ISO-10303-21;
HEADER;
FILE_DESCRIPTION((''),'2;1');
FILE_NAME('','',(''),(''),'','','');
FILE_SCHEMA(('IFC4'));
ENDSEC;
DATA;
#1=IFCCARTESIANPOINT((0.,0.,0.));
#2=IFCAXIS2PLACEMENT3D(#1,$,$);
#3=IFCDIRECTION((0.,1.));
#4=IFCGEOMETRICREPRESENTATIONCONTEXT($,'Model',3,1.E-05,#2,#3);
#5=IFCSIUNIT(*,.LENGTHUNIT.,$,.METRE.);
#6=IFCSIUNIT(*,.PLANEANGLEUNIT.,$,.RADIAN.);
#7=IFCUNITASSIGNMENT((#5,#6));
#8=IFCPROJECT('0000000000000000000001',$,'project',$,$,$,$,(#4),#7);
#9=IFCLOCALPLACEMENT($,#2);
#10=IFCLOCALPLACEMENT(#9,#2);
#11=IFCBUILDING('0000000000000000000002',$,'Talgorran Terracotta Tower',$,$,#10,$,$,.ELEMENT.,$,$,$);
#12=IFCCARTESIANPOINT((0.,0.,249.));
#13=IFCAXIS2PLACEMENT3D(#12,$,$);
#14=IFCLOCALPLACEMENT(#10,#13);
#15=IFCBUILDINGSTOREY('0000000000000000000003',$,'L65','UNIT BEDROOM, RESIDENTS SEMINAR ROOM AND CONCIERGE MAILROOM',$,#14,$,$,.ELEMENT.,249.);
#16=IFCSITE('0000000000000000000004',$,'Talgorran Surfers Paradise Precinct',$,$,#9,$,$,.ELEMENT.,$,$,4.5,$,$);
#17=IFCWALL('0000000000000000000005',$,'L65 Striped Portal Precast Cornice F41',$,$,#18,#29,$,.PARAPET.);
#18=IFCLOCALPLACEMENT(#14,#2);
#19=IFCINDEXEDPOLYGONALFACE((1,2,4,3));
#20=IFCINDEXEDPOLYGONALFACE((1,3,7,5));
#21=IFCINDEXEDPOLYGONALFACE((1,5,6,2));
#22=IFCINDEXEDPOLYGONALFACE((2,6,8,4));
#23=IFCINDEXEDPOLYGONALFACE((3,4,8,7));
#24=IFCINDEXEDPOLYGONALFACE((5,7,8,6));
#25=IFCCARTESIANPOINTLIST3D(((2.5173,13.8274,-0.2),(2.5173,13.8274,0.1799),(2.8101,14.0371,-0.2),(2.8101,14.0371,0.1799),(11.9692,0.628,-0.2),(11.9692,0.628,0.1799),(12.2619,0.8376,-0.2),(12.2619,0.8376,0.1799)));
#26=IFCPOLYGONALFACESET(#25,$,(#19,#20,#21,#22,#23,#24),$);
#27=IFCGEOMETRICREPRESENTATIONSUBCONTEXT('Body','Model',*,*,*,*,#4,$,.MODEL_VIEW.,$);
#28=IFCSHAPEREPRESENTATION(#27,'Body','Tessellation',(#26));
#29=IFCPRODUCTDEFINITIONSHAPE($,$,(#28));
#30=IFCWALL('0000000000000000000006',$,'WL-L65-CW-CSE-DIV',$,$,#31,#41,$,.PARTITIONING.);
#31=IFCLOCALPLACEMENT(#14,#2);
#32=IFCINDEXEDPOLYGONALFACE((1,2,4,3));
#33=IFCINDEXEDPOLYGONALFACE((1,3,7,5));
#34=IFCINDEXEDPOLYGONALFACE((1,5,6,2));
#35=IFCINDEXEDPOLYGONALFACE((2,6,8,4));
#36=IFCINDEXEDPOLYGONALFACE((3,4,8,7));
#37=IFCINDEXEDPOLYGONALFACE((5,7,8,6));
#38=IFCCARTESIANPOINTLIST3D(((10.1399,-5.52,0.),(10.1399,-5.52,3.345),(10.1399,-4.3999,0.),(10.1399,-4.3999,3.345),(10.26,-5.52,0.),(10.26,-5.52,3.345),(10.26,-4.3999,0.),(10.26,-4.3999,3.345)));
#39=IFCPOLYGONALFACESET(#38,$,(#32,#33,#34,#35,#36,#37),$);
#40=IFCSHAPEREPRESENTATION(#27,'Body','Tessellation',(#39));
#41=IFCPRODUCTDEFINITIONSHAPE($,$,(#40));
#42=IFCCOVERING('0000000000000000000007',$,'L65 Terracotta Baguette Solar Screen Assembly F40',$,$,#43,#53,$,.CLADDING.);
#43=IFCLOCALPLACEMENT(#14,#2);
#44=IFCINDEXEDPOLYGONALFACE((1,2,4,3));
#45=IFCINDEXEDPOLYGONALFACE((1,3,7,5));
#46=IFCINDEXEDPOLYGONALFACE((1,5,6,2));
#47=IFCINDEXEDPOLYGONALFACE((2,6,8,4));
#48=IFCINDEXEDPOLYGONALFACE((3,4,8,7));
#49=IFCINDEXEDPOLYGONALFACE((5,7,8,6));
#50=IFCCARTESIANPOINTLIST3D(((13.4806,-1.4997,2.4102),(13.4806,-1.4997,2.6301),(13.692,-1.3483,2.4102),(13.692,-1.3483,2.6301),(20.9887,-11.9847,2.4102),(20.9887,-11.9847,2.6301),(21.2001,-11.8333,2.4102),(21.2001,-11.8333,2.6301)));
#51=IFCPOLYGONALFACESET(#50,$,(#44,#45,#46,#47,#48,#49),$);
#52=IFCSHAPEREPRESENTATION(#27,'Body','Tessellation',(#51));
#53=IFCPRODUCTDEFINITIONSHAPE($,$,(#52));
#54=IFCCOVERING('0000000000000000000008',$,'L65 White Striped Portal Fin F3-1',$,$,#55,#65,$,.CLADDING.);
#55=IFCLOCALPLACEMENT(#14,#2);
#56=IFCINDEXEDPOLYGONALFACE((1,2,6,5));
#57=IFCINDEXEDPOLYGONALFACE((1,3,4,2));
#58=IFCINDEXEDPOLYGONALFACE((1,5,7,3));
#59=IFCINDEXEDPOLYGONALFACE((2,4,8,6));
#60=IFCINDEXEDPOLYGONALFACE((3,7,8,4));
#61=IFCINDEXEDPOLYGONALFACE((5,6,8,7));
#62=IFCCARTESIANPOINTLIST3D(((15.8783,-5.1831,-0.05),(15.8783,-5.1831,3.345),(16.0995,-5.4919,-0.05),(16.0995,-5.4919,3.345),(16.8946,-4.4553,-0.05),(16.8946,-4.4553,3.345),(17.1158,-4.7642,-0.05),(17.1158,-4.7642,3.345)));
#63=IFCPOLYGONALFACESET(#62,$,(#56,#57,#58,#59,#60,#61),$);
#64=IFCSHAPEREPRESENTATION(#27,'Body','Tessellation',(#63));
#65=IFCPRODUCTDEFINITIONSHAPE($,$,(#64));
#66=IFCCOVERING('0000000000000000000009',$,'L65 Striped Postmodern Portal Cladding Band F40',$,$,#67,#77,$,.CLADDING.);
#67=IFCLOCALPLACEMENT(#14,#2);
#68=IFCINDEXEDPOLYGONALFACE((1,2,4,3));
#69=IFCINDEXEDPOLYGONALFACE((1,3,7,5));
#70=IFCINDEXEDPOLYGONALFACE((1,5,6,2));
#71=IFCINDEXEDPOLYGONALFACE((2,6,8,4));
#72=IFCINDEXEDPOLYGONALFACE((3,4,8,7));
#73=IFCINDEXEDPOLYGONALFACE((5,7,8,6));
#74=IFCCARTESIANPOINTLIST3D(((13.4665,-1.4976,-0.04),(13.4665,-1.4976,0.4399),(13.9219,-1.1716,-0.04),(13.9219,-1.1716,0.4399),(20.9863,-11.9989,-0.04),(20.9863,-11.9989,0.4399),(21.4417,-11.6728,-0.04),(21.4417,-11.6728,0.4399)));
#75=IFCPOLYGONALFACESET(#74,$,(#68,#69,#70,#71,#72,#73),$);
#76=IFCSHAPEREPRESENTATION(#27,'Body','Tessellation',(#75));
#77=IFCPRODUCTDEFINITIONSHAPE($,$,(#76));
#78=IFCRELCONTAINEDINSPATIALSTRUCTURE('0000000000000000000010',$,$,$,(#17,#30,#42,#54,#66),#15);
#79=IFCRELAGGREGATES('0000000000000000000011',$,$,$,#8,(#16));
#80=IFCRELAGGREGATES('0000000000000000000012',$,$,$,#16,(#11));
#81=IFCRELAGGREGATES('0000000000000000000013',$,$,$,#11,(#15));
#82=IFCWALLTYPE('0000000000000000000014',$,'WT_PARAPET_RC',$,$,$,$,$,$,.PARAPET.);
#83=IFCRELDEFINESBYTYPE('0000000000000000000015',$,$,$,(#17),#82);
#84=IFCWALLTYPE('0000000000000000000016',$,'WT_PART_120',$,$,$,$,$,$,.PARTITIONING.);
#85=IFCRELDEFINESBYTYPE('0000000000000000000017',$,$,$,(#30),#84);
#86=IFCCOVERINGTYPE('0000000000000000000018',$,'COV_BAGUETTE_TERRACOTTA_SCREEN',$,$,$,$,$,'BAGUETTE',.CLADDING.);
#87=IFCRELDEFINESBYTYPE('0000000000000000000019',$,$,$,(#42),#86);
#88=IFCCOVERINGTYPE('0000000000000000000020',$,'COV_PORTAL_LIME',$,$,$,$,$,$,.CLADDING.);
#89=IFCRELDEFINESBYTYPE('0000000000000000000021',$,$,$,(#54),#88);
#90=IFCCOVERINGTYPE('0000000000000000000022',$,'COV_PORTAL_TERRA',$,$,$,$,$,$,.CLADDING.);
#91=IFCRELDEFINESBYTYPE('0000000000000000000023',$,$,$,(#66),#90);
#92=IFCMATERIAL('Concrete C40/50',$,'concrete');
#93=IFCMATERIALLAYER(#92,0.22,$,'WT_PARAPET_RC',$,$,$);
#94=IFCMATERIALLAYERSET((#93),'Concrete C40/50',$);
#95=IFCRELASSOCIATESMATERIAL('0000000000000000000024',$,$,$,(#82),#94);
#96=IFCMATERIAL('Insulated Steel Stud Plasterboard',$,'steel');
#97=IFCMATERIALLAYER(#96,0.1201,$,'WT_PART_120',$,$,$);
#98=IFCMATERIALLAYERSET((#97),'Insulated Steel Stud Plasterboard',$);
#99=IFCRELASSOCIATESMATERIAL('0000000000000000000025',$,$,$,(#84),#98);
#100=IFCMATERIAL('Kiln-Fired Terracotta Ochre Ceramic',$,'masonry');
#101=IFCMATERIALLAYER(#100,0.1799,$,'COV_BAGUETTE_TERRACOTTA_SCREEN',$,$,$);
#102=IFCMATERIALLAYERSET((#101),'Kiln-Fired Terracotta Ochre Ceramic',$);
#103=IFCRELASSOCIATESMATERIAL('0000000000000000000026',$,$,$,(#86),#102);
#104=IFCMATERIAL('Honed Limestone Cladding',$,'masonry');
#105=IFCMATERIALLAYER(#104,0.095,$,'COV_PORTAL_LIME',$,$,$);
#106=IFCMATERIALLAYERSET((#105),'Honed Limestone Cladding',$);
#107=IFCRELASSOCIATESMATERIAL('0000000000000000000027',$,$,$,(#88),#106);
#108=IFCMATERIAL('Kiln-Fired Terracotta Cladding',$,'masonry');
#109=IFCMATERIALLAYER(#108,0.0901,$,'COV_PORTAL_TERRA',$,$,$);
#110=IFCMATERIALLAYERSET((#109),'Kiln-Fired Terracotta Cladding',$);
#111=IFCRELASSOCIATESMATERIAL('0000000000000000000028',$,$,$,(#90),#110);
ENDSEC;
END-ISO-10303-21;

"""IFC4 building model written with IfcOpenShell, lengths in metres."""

from ifc_helpers import new_model, si_unit, direction, frame, frame_2d, origin, origin_2d, place, context, subcontext, project, spatial, rectangle, extrude, material, layer, layer_set, type_object, element, save


model = new_model("IFC4")

# Units and contexts
model_context = context("Model", 3, precision=1e-05, world=origin(), true_north=direction((0.0, 1.0)))
body_context = subcontext(model_context, "Body", "Model", "MODEL_VIEW")
ifc_project = project(units=[si_unit("LENGTHUNIT", "METRE"), si_unit("PLANEANGLEUNIT", "RADIAN")], contexts=[model_context])

# Site, building, storey
site_placement = place(None, origin())
site = spatial("IfcSite", under=ifc_project, at=site_placement, Name="Talgorran Surfers Paradise Precinct", CompositionType="ELEMENT", RefElevation=4.5)
building_placement = place(site_placement, origin())
building = spatial("IfcBuilding", under=site, at=building_placement, Name="Talgorran Terracotta Tower", CompositionType="ELEMENT")
storey_placement = place(building_placement, frame((0.0, 0.0, 249.0)))
storey = spatial("IfcBuildingStorey", under=building, at=storey_placement, Name="L65", Description="UNIT BEDROOM, RESIDENTS SEMINAR ROOM AND CONCIERGE MAILROOM", CompositionType="ELEMENT", Elevation=249.0)

# Shared definitions
ifc_material_1 = material(Name="Concrete C40/50", Category="concrete")

# Walls
ifc_layer_1 = layer(ifc_material_1, 0.22, Name="WT_PARAPET_RC")
ifc_layer_set_1 = layer_set([ifc_layer_1], Name="Concrete C40/50")
wall_type_1 = type_object("IfcWallType", Name="WT_PARAPET_RC", PredefinedType="PARAPET", material=ifc_layer_set_1)
wall_1_placement = place(storey_placement, frame((12.1155, 0.7329, -0.2), z_axis=(0.0, 0.0, 1.0), x_axis=(-0.582205, 0.813042, 0.0)))
element("IfcWall", 1, at=wall_1_placement, inside=storey, type_object=wall_type_1, Name="L65 Striped Portal Precast Cornice F41", PredefinedType="PARAPET", context=body_context, shape_type="SweptSolid", body=[
    extrude(rectangle(XDim=16.2346, YDim=0.3601, at=frame_2d((8.1172, 0.0))), origin(), (0.0, 0.0, 1.0), 0.3799),
])
ifc_material_2 = material(Name="Insulated Steel Stud Plasterboard", Category="steel")
ifc_layer_2 = layer(ifc_material_2, 0.1201, Name="WT_PART_120")
ifc_layer_set_2 = layer_set([ifc_layer_2], Name="Insulated Steel Stud Plasterboard")
wall_type_2 = type_object("IfcWallType", Name="WT_PART_120", PredefinedType="PARTITIONING", material=ifc_layer_set_2)
wall_2_placement = place(storey_placement, frame((10.2, -5.52, 0.0), z_axis=(0.0, 0.0, 1.0), x_axis=(0.0, 1.0, 0.0)))
element("IfcWall", 2, at=wall_2_placement, inside=storey, type_object=wall_type_2, Name="WL-L65-CW-CSE-DIV", PredefinedType="PARTITIONING", context=body_context, shape_type="SweptSolid", body=[
    extrude(rectangle(XDim=1.1201, YDim=0.1201, at=frame_2d((0.5601, 0.0))), origin(), (0.0, 0.0, 1.0), 3.345),
])

# Coverings
ifc_material_3 = material(Name="Kiln-Fired Terracotta Ochre Ceramic", Category="masonry")
ifc_layer_3 = layer(ifc_material_3, 0.1799, Name="COV_BAGUETTE_TERRACOTTA_SCREEN")
ifc_layer_set_3 = layer_set([ifc_layer_3], Name="Kiln-Fired Terracotta Ochre Ceramic")
covering_type_1 = type_object("IfcCoveringType", Name="COV_BAGUETTE_TERRACOTTA_SCREEN", ElementType="BAGUETTE", PredefinedType="CLADDING", material=ifc_layer_set_3)
covering_1_placement = place(storey_placement, frame((17.3403, -6.6665, 2.4102), z_axis=(0.0, 0.0, 1.0), x_axis=(-0.582208, 0.81304, 0.0)))
element("IfcCovering", 3, at=covering_1_placement, inside=storey, type_object=covering_type_1, Name="L65 Terracotta Baguette Solar Screen Assembly F40", PredefinedType="CLADDING", context=body_context, shape_type="SweptSolid", body=[
    extrude(rectangle(XDim=12.896, YDim=0.26, at=origin_2d()), origin(), (0.0, 0.0, 1.0), 0.22),
])
ifc_material_4 = material(Name="Honed Limestone Cladding", Category="masonry")
ifc_layer_4 = layer(ifc_material_4, 0.095, Name="COV_PORTAL_LIME")
ifc_layer_set_4 = layer_set([ifc_layer_4], Name="Honed Limestone Cladding")
covering_type_2 = type_object("IfcCoveringType", Name="COV_PORTAL_LIME", PredefinedType="CLADDING", material=ifc_layer_set_4)
covering_2_placement = place(storey_placement, frame((16.4971, -4.9736, -0.05), z_axis=(0.0, 0.0, 1.0), x_axis=(-0.582208, 0.81304, 0.0)))
element("IfcCovering", 4, at=covering_2_placement, inside=storey, type_object=covering_type_2, Name="L65 White Striped Portal Fin F3-1", PredefinedType="CLADDING", context=body_context, shape_type="SweptSolid", body=[
    extrude(rectangle(XDim=0.3799, YDim=1.25, at=origin_2d()), origin(), (0.0, 0.0, 1.0), 3.395),
])
ifc_material_5 = material(Name="Kiln-Fired Terracotta Cladding", Category="masonry")
ifc_layer_5 = layer(ifc_material_5, 0.0901, Name="COV_PORTAL_TERRA")
ifc_layer_set_5 = layer_set([ifc_layer_5], Name="Kiln-Fired Terracotta Cladding")
covering_type_3 = type_object("IfcCoveringType", Name="COV_PORTAL_TERRA", PredefinedType="CLADDING", material=ifc_layer_set_5)
covering_3_placement = place(storey_placement, frame((17.4541, -6.5852, -0.04), z_axis=(0.0, 0.0, 1.0), x_axis=(-0.582208, 0.81304, 0.0)))
element("IfcCovering", 5, at=covering_3_placement, inside=storey, type_object=covering_type_3, Name="L65 Striped Postmodern Portal Cladding Band F40", PredefinedType="CLADDING", context=body_context, shape_type="SweptSolid", body=[
    extrude(rectangle(XDim=12.916, YDim=0.5601, at=origin_2d()), origin(), (0.0, 0.0, 1.0), 0.48),
])

save(model, "model.ifc")
